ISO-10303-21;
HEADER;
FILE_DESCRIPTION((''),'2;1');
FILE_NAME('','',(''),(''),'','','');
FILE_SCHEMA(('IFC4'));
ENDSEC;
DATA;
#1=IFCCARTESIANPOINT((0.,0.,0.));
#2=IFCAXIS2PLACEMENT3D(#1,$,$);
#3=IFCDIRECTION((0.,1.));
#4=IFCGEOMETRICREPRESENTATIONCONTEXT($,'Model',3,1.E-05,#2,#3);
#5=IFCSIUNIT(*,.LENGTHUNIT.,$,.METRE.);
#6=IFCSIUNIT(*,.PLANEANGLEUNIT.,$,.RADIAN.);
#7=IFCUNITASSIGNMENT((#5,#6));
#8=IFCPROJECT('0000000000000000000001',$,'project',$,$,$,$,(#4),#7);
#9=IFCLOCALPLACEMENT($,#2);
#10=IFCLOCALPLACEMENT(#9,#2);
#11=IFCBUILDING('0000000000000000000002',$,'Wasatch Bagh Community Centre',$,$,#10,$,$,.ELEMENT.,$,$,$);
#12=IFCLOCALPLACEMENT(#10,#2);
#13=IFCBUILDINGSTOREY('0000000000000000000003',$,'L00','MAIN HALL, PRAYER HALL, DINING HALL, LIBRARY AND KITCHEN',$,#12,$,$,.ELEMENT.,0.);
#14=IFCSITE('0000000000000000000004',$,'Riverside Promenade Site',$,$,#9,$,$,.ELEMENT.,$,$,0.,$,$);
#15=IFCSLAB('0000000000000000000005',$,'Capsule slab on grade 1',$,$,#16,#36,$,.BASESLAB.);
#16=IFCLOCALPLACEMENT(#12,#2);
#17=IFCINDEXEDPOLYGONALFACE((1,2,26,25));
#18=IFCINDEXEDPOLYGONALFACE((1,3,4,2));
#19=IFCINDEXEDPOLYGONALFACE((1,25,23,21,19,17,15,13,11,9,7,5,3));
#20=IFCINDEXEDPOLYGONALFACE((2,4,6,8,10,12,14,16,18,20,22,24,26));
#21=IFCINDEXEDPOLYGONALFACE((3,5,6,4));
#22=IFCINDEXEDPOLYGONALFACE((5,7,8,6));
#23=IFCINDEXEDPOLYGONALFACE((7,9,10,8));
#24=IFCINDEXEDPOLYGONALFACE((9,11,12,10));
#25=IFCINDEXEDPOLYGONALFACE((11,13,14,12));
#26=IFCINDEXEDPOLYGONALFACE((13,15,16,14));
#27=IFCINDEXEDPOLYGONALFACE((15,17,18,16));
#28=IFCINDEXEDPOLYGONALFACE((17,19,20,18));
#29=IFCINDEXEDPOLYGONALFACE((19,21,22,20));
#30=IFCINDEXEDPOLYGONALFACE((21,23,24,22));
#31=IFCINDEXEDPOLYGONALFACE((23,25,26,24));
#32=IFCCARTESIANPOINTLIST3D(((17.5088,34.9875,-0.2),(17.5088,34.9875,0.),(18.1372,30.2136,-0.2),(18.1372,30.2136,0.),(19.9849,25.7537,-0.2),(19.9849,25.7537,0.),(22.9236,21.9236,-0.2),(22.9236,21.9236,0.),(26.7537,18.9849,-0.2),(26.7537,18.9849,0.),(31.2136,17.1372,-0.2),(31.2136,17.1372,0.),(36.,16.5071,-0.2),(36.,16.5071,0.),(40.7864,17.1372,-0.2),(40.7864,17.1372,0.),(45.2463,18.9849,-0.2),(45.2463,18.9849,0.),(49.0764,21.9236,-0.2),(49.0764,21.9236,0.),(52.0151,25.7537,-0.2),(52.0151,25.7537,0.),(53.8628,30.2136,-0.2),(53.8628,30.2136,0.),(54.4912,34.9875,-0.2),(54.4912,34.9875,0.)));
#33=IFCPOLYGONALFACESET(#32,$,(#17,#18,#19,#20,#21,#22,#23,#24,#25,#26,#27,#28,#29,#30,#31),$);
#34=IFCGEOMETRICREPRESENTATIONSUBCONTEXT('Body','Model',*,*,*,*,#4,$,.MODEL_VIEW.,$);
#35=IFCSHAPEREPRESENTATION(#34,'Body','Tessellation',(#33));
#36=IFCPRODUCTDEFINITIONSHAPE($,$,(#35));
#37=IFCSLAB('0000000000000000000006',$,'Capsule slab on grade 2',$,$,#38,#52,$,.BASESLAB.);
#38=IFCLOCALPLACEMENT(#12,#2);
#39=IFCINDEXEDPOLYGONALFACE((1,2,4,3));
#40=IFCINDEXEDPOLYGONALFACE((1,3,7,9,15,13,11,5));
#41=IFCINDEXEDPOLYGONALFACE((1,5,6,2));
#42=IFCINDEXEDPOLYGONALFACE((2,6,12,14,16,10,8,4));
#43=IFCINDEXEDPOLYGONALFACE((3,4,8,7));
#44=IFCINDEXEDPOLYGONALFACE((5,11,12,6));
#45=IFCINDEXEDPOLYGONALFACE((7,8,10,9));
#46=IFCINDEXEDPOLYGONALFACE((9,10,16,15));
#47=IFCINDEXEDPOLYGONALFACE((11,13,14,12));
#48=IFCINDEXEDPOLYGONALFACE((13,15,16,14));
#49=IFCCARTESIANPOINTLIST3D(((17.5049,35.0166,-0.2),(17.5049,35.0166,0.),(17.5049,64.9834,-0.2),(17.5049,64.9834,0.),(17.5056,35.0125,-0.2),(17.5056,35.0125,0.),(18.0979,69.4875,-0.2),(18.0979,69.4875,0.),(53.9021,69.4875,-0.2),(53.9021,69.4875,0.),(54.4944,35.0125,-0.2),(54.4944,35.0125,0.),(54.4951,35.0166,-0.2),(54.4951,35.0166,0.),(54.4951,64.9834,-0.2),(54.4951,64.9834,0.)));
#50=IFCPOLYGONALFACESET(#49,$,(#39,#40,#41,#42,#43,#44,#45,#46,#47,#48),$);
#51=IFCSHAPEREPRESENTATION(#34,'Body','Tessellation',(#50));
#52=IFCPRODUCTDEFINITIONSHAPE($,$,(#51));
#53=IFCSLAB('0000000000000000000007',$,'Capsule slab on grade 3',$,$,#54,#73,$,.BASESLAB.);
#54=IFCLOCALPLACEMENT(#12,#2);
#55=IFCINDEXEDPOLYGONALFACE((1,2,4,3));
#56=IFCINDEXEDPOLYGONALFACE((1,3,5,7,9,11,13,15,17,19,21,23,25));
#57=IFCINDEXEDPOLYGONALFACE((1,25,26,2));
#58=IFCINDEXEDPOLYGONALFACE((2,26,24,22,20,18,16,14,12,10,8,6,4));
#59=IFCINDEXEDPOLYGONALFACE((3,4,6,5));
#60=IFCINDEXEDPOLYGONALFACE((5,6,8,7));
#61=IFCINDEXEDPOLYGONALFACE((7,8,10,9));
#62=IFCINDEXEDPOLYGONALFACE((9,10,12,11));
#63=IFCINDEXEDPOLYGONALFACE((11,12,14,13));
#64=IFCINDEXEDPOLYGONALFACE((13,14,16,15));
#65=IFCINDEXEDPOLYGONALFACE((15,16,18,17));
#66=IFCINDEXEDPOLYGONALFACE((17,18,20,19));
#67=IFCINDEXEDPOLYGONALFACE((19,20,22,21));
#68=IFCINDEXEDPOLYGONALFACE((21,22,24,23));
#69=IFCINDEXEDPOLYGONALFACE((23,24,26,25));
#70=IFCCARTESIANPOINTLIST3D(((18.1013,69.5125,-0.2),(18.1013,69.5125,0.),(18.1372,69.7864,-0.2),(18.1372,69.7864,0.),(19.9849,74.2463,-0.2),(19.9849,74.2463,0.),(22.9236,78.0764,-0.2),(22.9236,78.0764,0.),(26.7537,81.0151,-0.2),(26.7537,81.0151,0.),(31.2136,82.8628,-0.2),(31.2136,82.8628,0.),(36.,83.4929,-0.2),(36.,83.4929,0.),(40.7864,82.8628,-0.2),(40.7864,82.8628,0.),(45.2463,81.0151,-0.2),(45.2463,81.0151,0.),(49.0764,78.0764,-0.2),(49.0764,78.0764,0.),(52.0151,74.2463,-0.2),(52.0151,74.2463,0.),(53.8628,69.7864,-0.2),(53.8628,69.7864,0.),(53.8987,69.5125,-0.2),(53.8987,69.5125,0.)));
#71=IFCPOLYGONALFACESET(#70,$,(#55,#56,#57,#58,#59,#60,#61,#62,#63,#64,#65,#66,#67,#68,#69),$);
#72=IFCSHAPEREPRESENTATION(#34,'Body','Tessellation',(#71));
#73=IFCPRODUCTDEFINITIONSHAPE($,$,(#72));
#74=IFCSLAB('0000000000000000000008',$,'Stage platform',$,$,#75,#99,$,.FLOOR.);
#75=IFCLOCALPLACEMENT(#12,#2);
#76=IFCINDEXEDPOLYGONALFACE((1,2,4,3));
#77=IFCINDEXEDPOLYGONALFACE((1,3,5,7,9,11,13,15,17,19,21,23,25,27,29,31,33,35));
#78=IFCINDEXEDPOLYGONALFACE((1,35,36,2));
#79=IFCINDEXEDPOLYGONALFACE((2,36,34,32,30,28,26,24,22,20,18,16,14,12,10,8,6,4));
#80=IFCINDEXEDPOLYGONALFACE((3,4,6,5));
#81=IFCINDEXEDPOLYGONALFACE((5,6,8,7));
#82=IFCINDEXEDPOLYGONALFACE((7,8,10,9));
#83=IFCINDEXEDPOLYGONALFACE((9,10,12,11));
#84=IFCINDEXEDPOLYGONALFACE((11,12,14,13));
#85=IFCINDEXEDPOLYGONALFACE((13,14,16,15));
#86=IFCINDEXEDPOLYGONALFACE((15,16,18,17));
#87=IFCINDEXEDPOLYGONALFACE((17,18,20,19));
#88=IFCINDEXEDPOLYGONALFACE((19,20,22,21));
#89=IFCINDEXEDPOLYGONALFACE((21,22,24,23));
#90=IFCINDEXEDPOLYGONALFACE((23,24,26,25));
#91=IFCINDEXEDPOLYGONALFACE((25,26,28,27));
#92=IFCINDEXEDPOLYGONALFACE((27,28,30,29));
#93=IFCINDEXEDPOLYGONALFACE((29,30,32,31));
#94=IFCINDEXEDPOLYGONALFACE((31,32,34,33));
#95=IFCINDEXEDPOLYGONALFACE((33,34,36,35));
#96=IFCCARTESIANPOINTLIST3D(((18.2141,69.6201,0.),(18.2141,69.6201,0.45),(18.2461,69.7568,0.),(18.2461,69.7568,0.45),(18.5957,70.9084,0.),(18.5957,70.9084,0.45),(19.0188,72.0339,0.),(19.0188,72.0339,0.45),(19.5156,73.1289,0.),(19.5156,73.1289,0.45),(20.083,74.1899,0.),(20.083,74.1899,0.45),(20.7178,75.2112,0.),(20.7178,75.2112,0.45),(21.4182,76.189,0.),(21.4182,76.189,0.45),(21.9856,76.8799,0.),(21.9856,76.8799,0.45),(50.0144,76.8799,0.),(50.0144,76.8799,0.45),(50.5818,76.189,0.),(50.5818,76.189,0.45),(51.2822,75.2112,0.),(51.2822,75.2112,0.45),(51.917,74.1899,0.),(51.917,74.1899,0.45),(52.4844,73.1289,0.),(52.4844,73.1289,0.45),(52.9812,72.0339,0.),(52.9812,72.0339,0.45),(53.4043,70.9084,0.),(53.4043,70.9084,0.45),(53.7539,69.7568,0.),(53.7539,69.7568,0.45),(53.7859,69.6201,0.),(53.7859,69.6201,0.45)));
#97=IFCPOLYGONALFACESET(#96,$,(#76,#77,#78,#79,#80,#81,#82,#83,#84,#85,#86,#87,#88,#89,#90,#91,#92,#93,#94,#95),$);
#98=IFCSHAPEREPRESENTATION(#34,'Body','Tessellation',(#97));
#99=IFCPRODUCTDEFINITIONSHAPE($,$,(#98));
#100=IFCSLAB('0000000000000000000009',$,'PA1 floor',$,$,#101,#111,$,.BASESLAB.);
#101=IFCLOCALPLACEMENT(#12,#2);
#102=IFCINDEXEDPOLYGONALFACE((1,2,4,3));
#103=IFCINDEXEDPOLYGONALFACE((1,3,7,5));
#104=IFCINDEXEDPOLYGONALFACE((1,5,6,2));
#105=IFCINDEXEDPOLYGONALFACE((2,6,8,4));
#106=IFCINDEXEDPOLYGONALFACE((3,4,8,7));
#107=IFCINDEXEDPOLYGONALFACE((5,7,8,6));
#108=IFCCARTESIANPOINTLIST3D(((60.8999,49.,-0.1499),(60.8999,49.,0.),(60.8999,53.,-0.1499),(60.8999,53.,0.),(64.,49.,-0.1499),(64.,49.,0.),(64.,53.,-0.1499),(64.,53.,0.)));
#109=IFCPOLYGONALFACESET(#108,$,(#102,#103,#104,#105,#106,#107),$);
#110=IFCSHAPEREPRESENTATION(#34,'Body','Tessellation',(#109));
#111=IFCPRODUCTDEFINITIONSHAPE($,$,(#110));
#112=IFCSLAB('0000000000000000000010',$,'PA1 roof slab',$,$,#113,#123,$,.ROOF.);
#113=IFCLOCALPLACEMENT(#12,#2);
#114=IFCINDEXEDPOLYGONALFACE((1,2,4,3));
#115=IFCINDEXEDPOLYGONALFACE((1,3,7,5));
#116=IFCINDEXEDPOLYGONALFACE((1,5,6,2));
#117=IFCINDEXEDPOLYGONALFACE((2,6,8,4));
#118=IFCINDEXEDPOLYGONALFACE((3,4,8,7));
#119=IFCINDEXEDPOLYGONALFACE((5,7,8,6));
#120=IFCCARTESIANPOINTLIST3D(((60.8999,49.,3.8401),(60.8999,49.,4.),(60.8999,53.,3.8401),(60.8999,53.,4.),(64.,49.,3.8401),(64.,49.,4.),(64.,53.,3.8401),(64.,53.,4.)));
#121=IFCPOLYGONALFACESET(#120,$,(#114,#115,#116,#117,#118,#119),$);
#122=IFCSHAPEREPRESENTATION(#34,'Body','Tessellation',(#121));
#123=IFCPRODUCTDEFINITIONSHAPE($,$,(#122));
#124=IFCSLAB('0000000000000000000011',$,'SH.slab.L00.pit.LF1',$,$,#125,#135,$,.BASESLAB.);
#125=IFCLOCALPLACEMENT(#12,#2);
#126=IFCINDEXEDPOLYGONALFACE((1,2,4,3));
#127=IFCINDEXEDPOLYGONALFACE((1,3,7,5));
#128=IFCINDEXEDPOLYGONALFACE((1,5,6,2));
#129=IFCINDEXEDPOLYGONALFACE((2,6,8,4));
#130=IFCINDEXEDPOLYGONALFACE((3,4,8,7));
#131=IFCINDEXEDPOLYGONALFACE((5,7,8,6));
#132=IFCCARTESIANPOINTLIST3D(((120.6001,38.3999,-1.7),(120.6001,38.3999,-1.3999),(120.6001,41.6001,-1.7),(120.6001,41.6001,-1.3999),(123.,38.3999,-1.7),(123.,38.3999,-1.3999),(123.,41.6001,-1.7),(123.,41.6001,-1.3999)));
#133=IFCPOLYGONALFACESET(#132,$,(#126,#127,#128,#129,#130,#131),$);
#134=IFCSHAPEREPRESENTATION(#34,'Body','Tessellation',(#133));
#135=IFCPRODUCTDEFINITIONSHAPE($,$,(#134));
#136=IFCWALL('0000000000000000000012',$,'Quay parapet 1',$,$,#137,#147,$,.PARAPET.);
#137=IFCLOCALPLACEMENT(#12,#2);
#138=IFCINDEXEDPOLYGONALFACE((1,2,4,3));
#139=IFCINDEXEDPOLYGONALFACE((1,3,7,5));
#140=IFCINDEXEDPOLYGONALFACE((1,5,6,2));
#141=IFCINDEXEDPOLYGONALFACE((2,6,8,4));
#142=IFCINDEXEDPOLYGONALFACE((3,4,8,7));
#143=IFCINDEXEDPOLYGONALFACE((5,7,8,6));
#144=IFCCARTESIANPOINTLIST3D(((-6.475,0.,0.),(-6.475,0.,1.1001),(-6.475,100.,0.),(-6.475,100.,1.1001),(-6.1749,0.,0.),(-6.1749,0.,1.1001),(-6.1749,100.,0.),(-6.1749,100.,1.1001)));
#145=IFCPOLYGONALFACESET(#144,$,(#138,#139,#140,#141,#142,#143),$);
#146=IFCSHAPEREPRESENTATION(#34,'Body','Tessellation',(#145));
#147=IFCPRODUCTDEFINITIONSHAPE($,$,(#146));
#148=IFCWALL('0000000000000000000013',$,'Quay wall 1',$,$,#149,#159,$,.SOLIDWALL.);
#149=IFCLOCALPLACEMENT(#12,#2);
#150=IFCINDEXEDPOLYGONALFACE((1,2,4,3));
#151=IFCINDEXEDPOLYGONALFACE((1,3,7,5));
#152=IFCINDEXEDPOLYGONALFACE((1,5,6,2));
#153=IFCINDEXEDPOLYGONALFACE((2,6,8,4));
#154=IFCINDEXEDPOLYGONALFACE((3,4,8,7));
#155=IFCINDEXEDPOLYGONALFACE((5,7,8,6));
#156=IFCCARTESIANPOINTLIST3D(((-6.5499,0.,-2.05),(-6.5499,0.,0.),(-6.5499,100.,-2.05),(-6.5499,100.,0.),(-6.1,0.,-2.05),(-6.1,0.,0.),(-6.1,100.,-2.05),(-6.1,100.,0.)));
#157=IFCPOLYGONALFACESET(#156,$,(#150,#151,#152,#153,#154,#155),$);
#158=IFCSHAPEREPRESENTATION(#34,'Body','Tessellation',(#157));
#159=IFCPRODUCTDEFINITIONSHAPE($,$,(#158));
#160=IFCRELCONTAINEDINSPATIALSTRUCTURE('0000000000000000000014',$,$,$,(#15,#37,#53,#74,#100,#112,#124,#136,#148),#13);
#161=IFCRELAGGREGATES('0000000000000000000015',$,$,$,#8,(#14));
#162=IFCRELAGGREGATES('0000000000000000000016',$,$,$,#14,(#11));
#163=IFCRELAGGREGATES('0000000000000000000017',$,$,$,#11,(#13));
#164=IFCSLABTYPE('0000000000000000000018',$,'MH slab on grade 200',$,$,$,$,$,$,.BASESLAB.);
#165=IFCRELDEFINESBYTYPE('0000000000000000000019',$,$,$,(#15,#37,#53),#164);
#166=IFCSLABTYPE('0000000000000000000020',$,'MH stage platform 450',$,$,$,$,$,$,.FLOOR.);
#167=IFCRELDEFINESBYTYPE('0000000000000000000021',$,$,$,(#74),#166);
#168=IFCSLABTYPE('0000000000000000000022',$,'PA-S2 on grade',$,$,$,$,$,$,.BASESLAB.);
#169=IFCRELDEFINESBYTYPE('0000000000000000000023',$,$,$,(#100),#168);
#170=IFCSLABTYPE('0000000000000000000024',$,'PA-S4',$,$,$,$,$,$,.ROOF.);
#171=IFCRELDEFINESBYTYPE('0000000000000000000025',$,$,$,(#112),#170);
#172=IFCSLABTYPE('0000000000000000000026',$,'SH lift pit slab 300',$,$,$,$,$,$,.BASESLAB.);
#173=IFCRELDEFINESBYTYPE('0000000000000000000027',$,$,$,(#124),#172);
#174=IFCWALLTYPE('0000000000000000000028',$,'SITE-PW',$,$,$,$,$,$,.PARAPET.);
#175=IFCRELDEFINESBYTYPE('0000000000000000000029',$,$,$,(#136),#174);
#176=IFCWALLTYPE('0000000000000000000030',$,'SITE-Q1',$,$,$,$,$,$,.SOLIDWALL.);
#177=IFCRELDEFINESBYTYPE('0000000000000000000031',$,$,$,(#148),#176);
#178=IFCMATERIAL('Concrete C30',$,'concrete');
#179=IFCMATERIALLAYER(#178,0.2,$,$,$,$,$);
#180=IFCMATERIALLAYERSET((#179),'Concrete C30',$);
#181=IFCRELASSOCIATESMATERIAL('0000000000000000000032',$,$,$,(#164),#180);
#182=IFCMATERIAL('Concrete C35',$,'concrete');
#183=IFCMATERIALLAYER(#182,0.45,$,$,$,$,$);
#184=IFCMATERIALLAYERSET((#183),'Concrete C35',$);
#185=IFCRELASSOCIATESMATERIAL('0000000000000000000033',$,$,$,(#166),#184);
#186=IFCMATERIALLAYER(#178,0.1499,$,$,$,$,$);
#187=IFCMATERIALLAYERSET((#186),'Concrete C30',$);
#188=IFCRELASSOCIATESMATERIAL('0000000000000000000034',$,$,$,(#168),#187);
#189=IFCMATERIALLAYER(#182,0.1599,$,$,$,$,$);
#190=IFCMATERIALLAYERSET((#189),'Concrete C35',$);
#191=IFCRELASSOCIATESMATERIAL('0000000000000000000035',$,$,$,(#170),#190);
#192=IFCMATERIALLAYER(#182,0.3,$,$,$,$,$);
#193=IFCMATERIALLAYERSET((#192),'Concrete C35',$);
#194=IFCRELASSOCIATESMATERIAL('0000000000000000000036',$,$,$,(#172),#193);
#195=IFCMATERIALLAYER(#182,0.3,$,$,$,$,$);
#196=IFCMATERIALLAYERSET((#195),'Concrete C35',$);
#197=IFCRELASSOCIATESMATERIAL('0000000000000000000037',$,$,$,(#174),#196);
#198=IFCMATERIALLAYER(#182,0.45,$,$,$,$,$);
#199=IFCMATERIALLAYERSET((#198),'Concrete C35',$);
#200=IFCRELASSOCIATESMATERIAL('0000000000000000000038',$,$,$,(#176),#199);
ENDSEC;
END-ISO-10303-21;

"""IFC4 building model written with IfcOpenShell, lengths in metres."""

from ifc_helpers import new_model, si_unit, direction, frame, frame_2d, origin, place, context, subcontext, project, spatial, polyline, rectangle, outline, extrude, material, layer, layer_set, type_object, element, save


model = new_model("IFC4")

# Units and contexts
model_context = context("Model", 3, precision=1e-05, world=origin(), true_north=direction((0.0, 1.0)))
body_context = subcontext(model_context, "Body", "Model", "MODEL_VIEW")
ifc_project = project(units=[si_unit("LENGTHUNIT", "METRE"), si_unit("PLANEANGLEUNIT", "RADIAN")], contexts=[model_context])

# Site, building, storey
site_placement = place(None, origin())
site = spatial("IfcSite", under=ifc_project, at=site_placement, Name="Riverside Promenade Site", CompositionType="ELEMENT", RefElevation=0.0)
building_placement = place(site_placement, origin())
building = spatial("IfcBuilding", under=site, at=building_placement, Name="Wasatch Bagh Community Centre", CompositionType="ELEMENT")
storey_placement = place(building_placement, origin())
storey = spatial("IfcBuildingStorey", under=building, at=storey_placement, Name="L00", Description="MAIN HALL, PRAYER HALL, DINING HALL, LIBRARY AND KITCHEN", CompositionType="ELEMENT", Elevation=0.0)

# Shared definitions
ifc_material_1 = material(Name="Concrete C35", Category="concrete")
ifc_material_2 = material(Name="Concrete C30", Category="concrete")

# Slabs
ifc_layer_1 = layer(ifc_material_2, 0.2)
ifc_layer_set_1 = layer_set([ifc_layer_1], Name="Concrete C30")
slab_type_1 = type_object("IfcSlabType", Name="MH slab on grade 200", PredefinedType="BASESLAB", material=ifc_layer_set_1)
slab_1_placement = place(storey_placement, frame((0.0, 0.0, -0.2)))
element("IfcSlab", 1, at=slab_1_placement, inside=storey, type_object=slab_type_1, Name="Capsule slab on grade 1", PredefinedType="BASESLAB", context=body_context, shape_type="SweptSolid", body=[
    extrude(outline(polyline([(53.8628, 30.2136), (52.0151, 25.7537), (49.0764, 21.9236), (45.2463, 18.9849), (40.7864, 17.1372), (36.0, 16.5071), (31.2136, 17.1372), (26.7537, 18.9849), (22.9236, 21.9236), (19.9849, 25.7537), (18.1372, 30.2136), (17.5088, 34.9875), (54.4912, 34.9875), (53.8628, 30.2136)])), origin(), (0.0, 0.0, 1.0), 0.2),
])
slab_2_placement = place(storey_placement, frame((0.0, 0.0, -0.2)))
element("IfcSlab", 2, at=slab_2_placement, inside=storey, type_object=slab_type_1, Name="Capsule slab on grade 2", PredefinedType="BASESLAB", context=body_context, shape_type="SweptSolid", body=[
    extrude(outline(polyline([(17.5049, 64.9834), (18.0979, 69.4875), (53.9021, 69.4875), (54.4951, 64.9834), (54.4951, 35.0166), (54.4944, 35.0125), (17.5056, 35.0125), (17.5049, 35.0166), (17.5049, 64.9834)])), origin(), (0.0, 0.0, 1.0), 0.2),
])
slab_3_placement = place(storey_placement, frame((0.0, 0.0, -0.2)))
element("IfcSlab", 3, at=slab_3_placement, inside=storey, type_object=slab_type_1, Name="Capsule slab on grade 3", PredefinedType="BASESLAB", context=body_context, shape_type="SweptSolid", body=[
    extrude(outline(polyline([(18.1372, 69.7864), (19.9849, 74.2463), (22.9236, 78.0764), (26.7537, 81.0151), (31.2136, 82.8628), (36.0, 83.4929), (40.7864, 82.8628), (45.2463, 81.0151), (49.0764, 78.0764), (52.0151, 74.2463), (53.8628, 69.7864), (53.8987, 69.5125), (18.1013, 69.5125), (18.1372, 69.7864)])), origin(), (0.0, 0.0, 1.0), 0.2),
])
ifc_layer_2 = layer(ifc_material_1, 0.45)
ifc_layer_set_2 = layer_set([ifc_layer_2], Name="Concrete C35")
slab_type_2 = type_object("IfcSlabType", Name="MH stage platform 450", PredefinedType="FLOOR", material=ifc_layer_set_2)
slab_4_placement = place(storey_placement, origin())
element("IfcSlab", 4, at=slab_4_placement, inside=storey, type_object=slab_type_2, Name="Stage platform", PredefinedType="FLOOR", context=body_context, shape_type="SweptSolid", body=[
    extrude(outline(polyline([(18.2461, 69.7568), (18.5957, 70.9084), (19.0188, 72.0339), (19.5156, 73.1289), (20.083, 74.1899), (20.7178, 75.2112), (21.4182, 76.189), (21.9856, 76.8799), (50.0144, 76.8799), (50.5818, 76.189), (51.2822, 75.2112), (51.917, 74.1899), (52.4844, 73.1289), (52.9812, 72.0339), (53.4043, 70.9084), (53.7539, 69.7568), (53.7859, 69.6201), (18.2141, 69.6201), (18.2461, 69.7568)])), origin(), (0.0, 0.0, 1.0), 0.45),
])
ifc_layer_3 = layer(ifc_material_2, 0.1499)
ifc_layer_set_3 = layer_set([ifc_layer_3], Name="Concrete C30")
slab_type_3 = type_object("IfcSlabType", Name="PA-S2 on grade", PredefinedType="BASESLAB", material=ifc_layer_set_3)
slab_5_placement = place(storey_placement, frame((0.0, 0.0, -0.1499)))
element("IfcSlab", 5, at=slab_5_placement, inside=storey, type_object=slab_type_3, Name="PA1 floor", PredefinedType="BASESLAB", context=body_context, shape_type="SweptSolid", body=[
    extrude(outline(polyline([(60.8999, 49.0), (64.0, 49.0), (64.0, 53.0), (60.8999, 53.0), (60.8999, 49.0)])), origin(), (0.0, 0.0, 1.0), 0.1499),
])
ifc_layer_4 = layer(ifc_material_1, 0.1599)
ifc_layer_set_4 = layer_set([ifc_layer_4], Name="Concrete C35")
slab_type_4 = type_object("IfcSlabType", Name="PA-S4", PredefinedType="ROOF", material=ifc_layer_set_4)
slab_6_placement = place(storey_placement, frame((0.0, 0.0, 3.8401)))
element("IfcSlab", 6, at=slab_6_placement, inside=storey, type_object=slab_type_4, Name="PA1 roof slab", PredefinedType="ROOF", context=body_context, shape_type="SweptSolid", body=[
    extrude(outline(polyline([(60.8999, 49.0), (64.0, 49.0), (64.0, 53.0), (60.8999, 53.0), (60.8999, 49.0)])), origin(), (0.0, 0.0, 1.0), 0.1599),
])
ifc_layer_5 = layer(ifc_material_1, 0.3)
ifc_layer_set_5 = layer_set([ifc_layer_5], Name="Concrete C35")
slab_type_5 = type_object("IfcSlabType", Name="SH lift pit slab 300", PredefinedType="BASESLAB", material=ifc_layer_set_5)
slab_7_placement = place(storey_placement, frame((0.0, 0.0, -1.7)))
element("IfcSlab", 7, at=slab_7_placement, inside=storey, type_object=slab_type_5, Name="SH.slab.L00.pit.LF1", PredefinedType="BASESLAB", context=body_context, shape_type="SweptSolid", body=[
    extrude(outline(polyline([(120.6001, 38.3999), (123.0, 38.3999), (123.0, 41.6001), (120.6001, 41.6001), (120.6001, 38.3999)])), origin(), (0.0, 0.0, 1.0), 0.3),
])

# Walls
ifc_layer_6 = layer(ifc_material_1, 0.3)
ifc_layer_set_6 = layer_set([ifc_layer_6], Name="Concrete C35")
wall_type_1 = type_object("IfcWallType", Name="SITE-PW", PredefinedType="PARAPET", material=ifc_layer_set_6)
wall_1_placement = place(storey_placement, frame((-6.325, 0.0, 0.0), z_axis=(0.0, 0.0, 1.0), x_axis=(0.0, 1.0, 0.0)))
element("IfcWall", 8, at=wall_1_placement, inside=storey, type_object=wall_type_1, Name="Quay parapet 1", PredefinedType="PARAPET", context=body_context, shape_type="SweptSolid", body=[
    extrude(rectangle(XDim=100.0, YDim=0.3, at=frame_2d((50.0, 0.0))), origin(), (0.0, 0.0, 1.0), 1.1001),
])
ifc_layer_7 = layer(ifc_material_1, 0.45)
ifc_layer_set_7 = layer_set([ifc_layer_7], Name="Concrete C35")
wall_type_2 = type_object("IfcWallType", Name="SITE-Q1", PredefinedType="SOLIDWALL", material=ifc_layer_set_7)
wall_2_placement = place(storey_placement, frame((-6.325, 0.0, -2.05), z_axis=(0.0, 0.0, 1.0), x_axis=(0.0, 1.0, 0.0)))
element("IfcWall", 9, at=wall_2_placement, inside=storey, type_object=wall_type_2, Name="Quay wall 1", PredefinedType="SOLIDWALL", context=body_context, shape_type="SweptSolid", body=[
    extrude(rectangle(XDim=100.0, YDim=0.45, at=frame_2d((50.0, 0.0))), origin(), (0.0, 0.0, 1.0), 2.05),
])

save(model, "model.ifc")
